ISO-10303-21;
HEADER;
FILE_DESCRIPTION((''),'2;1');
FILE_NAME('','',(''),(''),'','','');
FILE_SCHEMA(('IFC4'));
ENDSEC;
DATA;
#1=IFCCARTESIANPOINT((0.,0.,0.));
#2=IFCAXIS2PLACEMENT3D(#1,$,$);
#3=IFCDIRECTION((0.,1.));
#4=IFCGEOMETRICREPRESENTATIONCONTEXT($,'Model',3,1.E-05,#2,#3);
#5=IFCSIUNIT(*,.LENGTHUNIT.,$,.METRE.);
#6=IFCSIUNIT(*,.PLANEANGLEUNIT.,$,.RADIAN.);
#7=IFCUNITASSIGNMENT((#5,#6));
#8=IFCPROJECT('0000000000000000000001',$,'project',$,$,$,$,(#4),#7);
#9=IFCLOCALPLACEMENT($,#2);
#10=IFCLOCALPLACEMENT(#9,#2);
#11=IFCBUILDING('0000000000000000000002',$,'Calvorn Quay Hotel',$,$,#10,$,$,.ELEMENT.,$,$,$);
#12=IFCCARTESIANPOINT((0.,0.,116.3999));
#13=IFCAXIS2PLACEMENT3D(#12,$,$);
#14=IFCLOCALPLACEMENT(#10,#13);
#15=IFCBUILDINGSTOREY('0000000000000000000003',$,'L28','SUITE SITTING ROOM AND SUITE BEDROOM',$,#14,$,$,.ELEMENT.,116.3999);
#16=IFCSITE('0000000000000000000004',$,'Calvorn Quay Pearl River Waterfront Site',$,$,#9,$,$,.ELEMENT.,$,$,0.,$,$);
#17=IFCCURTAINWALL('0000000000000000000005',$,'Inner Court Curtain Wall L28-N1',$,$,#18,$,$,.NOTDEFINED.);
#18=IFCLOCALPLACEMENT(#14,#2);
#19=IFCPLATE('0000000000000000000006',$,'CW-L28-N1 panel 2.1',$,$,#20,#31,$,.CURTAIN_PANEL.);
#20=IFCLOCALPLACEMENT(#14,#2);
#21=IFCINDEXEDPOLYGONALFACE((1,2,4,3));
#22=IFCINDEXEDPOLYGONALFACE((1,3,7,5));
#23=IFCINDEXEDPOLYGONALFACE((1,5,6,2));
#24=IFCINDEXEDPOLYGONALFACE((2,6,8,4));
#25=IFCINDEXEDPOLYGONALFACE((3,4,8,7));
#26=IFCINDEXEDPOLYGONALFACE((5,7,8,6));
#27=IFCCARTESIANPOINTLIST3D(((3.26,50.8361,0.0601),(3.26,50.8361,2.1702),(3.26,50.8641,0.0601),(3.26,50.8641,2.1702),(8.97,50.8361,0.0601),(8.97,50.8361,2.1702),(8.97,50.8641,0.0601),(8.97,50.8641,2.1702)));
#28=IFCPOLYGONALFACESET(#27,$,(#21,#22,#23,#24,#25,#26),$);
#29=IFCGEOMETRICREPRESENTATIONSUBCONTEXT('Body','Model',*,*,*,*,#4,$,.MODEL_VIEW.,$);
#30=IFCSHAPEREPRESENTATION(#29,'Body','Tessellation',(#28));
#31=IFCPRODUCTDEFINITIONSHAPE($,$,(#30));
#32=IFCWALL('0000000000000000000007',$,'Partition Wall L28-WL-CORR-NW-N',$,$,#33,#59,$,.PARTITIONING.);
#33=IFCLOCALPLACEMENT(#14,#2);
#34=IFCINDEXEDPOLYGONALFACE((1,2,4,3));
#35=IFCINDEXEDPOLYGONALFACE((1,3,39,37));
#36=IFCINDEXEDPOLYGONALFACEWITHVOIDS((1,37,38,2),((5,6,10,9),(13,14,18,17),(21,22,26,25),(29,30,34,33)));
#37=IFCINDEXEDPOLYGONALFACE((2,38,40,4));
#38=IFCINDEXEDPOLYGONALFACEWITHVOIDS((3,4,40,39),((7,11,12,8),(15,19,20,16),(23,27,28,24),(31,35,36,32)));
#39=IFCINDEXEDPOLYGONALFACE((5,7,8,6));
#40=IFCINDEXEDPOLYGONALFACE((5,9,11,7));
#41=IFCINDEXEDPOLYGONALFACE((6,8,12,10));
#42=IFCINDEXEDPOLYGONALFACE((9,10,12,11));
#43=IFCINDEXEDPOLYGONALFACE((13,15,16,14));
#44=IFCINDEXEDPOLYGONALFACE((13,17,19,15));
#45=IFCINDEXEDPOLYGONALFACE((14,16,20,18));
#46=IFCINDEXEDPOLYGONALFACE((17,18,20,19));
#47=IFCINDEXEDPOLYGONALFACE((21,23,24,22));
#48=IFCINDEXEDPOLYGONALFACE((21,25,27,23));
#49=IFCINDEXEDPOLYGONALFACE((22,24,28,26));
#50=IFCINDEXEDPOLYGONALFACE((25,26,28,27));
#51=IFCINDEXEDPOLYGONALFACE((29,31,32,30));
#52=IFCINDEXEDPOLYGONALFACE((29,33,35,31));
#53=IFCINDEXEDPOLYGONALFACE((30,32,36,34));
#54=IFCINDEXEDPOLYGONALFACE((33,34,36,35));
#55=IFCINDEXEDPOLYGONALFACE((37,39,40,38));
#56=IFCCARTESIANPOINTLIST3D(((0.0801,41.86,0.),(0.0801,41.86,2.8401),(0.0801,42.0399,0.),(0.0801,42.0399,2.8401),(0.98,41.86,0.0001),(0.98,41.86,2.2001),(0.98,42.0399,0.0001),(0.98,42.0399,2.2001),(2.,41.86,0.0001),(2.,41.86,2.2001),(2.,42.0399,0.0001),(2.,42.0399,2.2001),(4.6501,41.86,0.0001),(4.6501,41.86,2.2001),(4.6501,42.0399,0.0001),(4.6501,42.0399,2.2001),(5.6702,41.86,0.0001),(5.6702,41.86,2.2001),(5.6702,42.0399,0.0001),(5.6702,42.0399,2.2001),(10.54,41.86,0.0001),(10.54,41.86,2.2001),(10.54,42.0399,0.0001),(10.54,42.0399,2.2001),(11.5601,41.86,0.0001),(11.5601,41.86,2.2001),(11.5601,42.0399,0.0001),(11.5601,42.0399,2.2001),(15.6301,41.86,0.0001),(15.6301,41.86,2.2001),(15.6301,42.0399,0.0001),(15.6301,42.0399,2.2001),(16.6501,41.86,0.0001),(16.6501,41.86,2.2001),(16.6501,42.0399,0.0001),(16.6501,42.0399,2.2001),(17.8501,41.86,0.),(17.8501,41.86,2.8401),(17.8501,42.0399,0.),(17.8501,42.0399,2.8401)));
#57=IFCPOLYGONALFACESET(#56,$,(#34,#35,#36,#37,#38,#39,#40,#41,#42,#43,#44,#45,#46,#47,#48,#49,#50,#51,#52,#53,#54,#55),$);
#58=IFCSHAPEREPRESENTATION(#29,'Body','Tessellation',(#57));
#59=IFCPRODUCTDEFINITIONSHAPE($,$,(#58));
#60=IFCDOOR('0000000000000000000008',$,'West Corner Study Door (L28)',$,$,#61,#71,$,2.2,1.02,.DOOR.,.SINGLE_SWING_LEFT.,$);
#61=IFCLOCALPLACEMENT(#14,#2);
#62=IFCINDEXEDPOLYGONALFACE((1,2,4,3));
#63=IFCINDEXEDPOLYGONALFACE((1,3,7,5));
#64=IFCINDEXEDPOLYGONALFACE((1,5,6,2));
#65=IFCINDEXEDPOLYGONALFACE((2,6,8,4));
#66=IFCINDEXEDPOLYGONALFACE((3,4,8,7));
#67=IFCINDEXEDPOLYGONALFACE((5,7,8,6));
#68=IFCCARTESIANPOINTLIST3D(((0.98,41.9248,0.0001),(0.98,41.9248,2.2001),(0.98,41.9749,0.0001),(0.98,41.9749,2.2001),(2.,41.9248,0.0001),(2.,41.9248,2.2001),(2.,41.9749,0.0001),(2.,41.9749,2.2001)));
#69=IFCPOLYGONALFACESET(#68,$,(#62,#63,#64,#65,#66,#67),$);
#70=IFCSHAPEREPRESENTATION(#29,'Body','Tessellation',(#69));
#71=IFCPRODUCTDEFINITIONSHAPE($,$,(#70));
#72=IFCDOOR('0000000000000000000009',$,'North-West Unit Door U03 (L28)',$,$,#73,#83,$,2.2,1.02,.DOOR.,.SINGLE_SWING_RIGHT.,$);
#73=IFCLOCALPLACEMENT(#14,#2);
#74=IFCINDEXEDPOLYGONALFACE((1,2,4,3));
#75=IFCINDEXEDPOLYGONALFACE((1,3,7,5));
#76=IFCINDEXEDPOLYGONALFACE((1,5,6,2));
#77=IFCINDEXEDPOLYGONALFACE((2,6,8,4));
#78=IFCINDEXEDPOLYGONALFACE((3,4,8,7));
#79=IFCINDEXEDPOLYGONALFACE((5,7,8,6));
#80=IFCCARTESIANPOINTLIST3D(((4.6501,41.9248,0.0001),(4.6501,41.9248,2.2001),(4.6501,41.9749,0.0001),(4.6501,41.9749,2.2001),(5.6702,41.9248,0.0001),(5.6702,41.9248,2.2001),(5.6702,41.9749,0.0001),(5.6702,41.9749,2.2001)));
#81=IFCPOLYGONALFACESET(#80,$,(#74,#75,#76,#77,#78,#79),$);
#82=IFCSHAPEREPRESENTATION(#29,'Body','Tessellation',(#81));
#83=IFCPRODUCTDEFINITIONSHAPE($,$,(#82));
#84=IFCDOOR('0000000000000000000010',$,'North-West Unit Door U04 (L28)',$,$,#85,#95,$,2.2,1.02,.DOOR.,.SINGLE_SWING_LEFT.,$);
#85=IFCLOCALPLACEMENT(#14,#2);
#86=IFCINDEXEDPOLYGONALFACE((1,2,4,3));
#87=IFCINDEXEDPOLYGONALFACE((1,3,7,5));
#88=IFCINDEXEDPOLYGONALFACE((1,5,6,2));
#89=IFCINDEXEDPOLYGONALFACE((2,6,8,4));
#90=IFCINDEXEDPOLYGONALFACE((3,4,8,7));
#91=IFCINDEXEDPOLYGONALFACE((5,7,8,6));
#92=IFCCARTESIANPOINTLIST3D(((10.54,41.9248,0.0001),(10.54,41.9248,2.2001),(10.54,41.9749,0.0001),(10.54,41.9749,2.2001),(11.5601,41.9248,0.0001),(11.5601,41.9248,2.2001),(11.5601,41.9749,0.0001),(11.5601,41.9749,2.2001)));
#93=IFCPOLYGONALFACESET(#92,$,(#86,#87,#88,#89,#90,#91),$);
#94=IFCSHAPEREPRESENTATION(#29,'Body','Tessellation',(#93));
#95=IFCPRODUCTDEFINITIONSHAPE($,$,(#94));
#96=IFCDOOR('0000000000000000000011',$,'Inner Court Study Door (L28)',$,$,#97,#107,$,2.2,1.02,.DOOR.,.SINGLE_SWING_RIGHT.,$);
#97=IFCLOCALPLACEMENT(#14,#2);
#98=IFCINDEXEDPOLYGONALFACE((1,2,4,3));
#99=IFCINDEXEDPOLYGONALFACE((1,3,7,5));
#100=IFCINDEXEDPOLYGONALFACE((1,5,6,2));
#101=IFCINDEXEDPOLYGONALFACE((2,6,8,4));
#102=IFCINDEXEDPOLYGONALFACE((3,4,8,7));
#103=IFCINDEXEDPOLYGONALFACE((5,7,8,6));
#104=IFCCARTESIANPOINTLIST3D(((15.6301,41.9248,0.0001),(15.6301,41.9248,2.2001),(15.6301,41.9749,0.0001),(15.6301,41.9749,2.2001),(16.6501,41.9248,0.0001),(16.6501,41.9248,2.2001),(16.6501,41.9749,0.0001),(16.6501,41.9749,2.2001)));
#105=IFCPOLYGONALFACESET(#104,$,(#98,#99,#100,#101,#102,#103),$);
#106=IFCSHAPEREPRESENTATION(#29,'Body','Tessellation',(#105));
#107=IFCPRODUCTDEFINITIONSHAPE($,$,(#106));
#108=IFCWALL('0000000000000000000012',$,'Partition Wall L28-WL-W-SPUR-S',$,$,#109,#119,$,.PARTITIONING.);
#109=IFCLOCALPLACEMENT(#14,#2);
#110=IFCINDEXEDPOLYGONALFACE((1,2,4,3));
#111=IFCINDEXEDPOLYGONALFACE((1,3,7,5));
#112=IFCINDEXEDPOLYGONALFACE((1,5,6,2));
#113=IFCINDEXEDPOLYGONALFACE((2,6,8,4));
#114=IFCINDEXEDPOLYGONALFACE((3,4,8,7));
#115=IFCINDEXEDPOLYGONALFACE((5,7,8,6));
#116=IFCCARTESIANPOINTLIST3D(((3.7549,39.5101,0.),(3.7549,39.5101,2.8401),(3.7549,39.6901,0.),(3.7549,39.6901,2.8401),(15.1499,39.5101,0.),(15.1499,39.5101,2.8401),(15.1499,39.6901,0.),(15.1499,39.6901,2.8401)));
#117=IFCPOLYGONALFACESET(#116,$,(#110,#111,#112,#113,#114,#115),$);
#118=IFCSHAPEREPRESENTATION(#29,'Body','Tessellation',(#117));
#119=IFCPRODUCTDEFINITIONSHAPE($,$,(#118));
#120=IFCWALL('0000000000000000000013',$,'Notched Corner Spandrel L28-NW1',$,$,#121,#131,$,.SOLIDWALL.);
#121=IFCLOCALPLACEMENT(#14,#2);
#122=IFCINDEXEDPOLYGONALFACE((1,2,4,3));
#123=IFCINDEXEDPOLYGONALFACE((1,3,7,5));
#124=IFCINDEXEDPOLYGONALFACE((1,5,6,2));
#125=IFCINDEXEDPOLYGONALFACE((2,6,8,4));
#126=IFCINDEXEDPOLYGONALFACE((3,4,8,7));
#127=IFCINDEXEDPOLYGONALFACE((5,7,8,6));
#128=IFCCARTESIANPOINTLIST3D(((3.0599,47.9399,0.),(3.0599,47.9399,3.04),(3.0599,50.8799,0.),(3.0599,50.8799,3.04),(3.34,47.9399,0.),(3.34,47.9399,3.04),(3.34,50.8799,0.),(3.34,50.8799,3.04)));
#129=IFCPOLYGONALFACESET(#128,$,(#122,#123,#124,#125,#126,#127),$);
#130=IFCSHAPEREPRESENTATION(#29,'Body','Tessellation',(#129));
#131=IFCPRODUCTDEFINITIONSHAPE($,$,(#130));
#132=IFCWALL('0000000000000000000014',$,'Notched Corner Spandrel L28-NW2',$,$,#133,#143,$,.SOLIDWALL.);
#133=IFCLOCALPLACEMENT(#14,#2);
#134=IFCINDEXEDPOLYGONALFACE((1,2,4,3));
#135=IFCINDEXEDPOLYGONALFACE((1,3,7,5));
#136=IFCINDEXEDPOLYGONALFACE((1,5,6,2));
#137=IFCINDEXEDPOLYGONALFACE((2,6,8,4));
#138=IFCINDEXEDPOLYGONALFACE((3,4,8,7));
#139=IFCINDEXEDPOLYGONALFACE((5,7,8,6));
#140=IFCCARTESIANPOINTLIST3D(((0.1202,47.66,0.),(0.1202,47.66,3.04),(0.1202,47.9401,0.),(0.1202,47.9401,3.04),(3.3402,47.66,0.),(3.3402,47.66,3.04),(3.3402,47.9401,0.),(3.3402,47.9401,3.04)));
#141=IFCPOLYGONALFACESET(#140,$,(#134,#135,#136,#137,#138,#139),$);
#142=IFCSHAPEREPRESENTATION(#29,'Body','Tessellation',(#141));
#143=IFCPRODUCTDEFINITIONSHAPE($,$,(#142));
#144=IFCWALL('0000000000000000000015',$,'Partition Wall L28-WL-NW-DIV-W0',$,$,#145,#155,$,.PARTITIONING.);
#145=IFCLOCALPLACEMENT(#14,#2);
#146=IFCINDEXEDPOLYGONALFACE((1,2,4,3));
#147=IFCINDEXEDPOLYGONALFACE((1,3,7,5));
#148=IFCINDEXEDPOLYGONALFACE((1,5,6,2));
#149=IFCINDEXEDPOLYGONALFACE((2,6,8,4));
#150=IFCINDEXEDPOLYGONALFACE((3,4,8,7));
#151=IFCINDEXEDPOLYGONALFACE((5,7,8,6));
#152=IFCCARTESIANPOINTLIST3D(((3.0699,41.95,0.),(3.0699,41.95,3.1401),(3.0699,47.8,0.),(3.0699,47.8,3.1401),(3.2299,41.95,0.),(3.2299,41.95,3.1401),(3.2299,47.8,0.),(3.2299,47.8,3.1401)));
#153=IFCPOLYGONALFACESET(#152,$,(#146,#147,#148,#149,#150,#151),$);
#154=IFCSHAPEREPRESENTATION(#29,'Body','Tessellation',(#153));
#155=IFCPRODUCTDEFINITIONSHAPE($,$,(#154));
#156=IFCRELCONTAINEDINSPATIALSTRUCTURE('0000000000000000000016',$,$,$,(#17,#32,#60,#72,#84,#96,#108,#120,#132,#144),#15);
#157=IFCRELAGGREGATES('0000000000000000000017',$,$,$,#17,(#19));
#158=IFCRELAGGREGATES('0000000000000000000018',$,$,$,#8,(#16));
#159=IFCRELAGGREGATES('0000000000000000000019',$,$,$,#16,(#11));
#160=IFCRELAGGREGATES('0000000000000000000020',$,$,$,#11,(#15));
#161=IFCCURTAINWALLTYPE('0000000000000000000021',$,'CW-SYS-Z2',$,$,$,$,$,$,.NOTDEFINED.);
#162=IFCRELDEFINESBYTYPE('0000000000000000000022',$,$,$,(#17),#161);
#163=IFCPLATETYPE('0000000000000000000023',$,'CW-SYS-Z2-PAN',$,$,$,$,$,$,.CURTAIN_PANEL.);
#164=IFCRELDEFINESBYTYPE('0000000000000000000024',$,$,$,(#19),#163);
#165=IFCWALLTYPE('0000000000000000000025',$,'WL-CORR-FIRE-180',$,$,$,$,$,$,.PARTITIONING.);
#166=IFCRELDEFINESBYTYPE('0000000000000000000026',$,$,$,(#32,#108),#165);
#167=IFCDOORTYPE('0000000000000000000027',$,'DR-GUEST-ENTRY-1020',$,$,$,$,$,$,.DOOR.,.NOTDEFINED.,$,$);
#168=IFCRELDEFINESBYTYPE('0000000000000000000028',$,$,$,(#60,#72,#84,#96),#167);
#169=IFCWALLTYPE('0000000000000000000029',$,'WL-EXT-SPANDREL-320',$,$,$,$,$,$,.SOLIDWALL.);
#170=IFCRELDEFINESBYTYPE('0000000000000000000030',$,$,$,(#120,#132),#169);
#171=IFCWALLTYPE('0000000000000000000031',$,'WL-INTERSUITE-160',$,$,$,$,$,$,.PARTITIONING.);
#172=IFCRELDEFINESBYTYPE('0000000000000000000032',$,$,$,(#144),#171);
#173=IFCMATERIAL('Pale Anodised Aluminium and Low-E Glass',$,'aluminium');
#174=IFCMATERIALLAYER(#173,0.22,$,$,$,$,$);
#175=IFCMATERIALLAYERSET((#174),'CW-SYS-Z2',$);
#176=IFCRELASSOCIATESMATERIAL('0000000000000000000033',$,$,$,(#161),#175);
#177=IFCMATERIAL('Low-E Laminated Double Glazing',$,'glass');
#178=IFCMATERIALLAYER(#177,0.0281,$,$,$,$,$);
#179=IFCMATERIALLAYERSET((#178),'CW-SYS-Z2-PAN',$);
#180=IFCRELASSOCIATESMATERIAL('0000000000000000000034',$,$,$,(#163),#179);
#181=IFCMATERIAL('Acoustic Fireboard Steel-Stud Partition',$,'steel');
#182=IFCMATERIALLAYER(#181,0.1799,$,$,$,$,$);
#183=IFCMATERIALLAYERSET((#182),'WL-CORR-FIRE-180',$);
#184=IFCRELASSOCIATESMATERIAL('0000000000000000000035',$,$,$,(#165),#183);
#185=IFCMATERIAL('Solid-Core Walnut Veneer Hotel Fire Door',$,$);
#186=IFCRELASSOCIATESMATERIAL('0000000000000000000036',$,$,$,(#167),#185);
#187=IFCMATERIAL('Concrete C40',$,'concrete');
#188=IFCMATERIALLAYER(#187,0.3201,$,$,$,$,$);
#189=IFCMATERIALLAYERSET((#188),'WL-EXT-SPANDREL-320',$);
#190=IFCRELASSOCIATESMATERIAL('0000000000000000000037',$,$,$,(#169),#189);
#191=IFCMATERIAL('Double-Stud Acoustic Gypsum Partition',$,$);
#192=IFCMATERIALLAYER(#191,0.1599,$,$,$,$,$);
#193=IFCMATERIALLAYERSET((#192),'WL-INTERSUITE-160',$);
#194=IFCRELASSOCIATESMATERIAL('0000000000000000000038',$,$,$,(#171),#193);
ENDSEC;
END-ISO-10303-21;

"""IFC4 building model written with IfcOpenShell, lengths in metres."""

from ifc_helpers import new_model, si_unit, direction, frame, frame_2d, origin, origin_2d, place, context, subcontext, project, spatial, rectangle, extrude, material, layer, layer_set, type_object, element, fill, aggregate, save


model = new_model("IFC4")

# Units and contexts
model_context = context("Model", 3, precision=1e-05, world=origin(), true_north=direction((0.0, 1.0)))
body_context = subcontext(model_context, "Body", "Model", "MODEL_VIEW")
ifc_project = project(units=[si_unit("LENGTHUNIT", "METRE"), si_unit("PLANEANGLEUNIT", "RADIAN")], contexts=[model_context])

# Site, building, storey
site_placement = place(None, origin())
site = spatial("IfcSite", under=ifc_project, at=site_placement, Name="Calvorn Quay Pearl River Waterfront Site", CompositionType="ELEMENT", RefElevation=0.0)
building_placement = place(site_placement, origin())
building = spatial("IfcBuilding", under=site, at=building_placement, Name="Calvorn Quay Hotel", CompositionType="ELEMENT")
storey_placement = place(building_placement, frame((0.0, 0.0, 116.3999)))
storey = spatial("IfcBuildingStorey", under=building, at=storey_placement, Name="L28", Description="SUITE SITTING ROOM AND SUITE BEDROOM", CompositionType="ELEMENT", Elevation=116.3999)

# Shared definitions
ifc_material_1 = material(Name="Pale Anodised Aluminium and Low-E Glass", Category="aluminium")
ifc_layer_1 = layer(ifc_material_1, 0.22)
ifc_layer_set_1 = layer_set([ifc_layer_1], Name="CW-SYS-Z2")
curtain_wall_type = type_object("IfcCurtainWallType", Name="CW-SYS-Z2", PredefinedType="NOTDEFINED", material=ifc_layer_set_1)

# Curtain wall
curtain_wall_1_placement = place(storey_placement, origin())
curtain_wall_1 = element("IfcCurtainWall", 1, at=curtain_wall_1_placement, inside=storey, type_object=curtain_wall_type, Name="Inner Court Curtain Wall L28-N1", PredefinedType="NOTDEFINED")

# Plate
ifc_material_2 = material(Name="Low-E Laminated Double Glazing", Category="glass")
ifc_layer_2 = layer(ifc_material_2, 0.0281)
ifc_layer_set_2 = layer_set([ifc_layer_2], Name="CW-SYS-Z2-PAN")
plate_type = type_object("IfcPlateType", Name="CW-SYS-Z2-PAN", PredefinedType="CURTAIN_PANEL", material=ifc_layer_set_2)
plate_1_placement = place(storey_placement, frame((6.115, 50.8501, 0.0601), z_axis=(0.0, 0.0, 1.0), x_axis=(-1.0, 0.0, 0.0)))
plate_1 = element("IfcPlate", 2, at=plate_1_placement, type_object=plate_type, Name="CW-L28-N1 panel 2.1", PredefinedType="CURTAIN_PANEL", context=body_context, shape_type="SweptSolid", body=[
    extrude(rectangle(XDim=5.71, YDim=0.0281, at=origin_2d()), origin(), (0.0, 0.0, 1.0), 2.1101),
])
aggregate(curtain_wall_1, [plate_1])

# Shared definitions
ifc_material_3 = material(Name="Acoustic Fireboard Steel-Stud Partition", Category="steel")
ifc_layer_3 = layer(ifc_material_3, 0.1799)
ifc_layer_set_3 = layer_set([ifc_layer_3], Name="WL-CORR-FIRE-180")
wall_type_1 = type_object("IfcWallType", Name="WL-CORR-FIRE-180", PredefinedType="PARTITIONING", material=ifc_layer_set_3)

# Wall, openings, doors
wall_1_placement = place(storey_placement, frame((0.0801, 41.95, 0.0), z_axis=(0.0, 0.0, 1.0), x_axis=(1.0, 0.0, 0.0)))
wall_1 = element("IfcWall", 3, at=wall_1_placement, inside=storey, type_object=wall_type_1, Name="Partition Wall L28-WL-CORR-NW-N", PredefinedType="PARTITIONING", context=body_context, shape_type="SweptSolid", body=[
    extrude(rectangle(XDim=17.77, YDim=0.1799, at=frame_2d((8.885, 0.0))), origin(), (0.0, 0.0, 1.0), 2.8401),
])
opening_1_placement = place(wall_1_placement, frame((0.8999, 0.0, 0.0)))
opening_1 = element("IfcOpeningElement", 4, at=opening_1_placement, cuts=wall_1, PredefinedType="OPENING", context=body_context, shape_type="SweptSolid", body=[
    extrude(rectangle(XDim=1.02, YDim=2.2, at=frame_2d((0.51, 1.1001))), frame((0.0, 0.0999, 0.0), z_axis=(0.0, -1.0, 0.0), x_axis=(1.0, 0.0, 0.0)), (0.0, 0.0, 1.0), 0.2),
])
opening_2_placement = place(wall_1_placement, frame((4.5701, 0.0, 0.0)))
opening_2 = element("IfcOpeningElement", 5, at=opening_2_placement, cuts=wall_1, PredefinedType="OPENING", context=body_context, shape_type="SweptSolid", body=[
    extrude(rectangle(XDim=1.02, YDim=2.2, at=frame_2d((0.51, 1.1001))), frame((0.0, 0.0999, 0.0), z_axis=(0.0, -1.0, 0.0), x_axis=(1.0, 0.0, 0.0)), (0.0, 0.0, 1.0), 0.2),
])
opening_3_placement = place(wall_1_placement, frame((10.46, 0.0, 0.0)))
opening_3 = element("IfcOpeningElement", 6, at=opening_3_placement, cuts=wall_1, PredefinedType="OPENING", context=body_context, shape_type="SweptSolid", body=[
    extrude(rectangle(XDim=1.02, YDim=2.2, at=frame_2d((0.51, 1.1001))), frame((0.0, 0.0999, 0.0), z_axis=(0.0, -1.0, 0.0), x_axis=(1.0, 0.0, 0.0)), (0.0, 0.0, 1.0), 0.2),
])
opening_4_placement = place(wall_1_placement, frame((15.55, 0.0, 0.0)))
opening_4 = element("IfcOpeningElement", 7, at=opening_4_placement, cuts=wall_1, PredefinedType="OPENING", context=body_context, shape_type="SweptSolid", body=[
    extrude(rectangle(XDim=1.02, YDim=2.2, at=frame_2d((0.51, 1.1001))), frame((0.0, 0.0999, 0.0), z_axis=(0.0, -1.0, 0.0), x_axis=(1.0, 0.0, 0.0)), (0.0, 0.0, 1.0), 0.2),
])
ifc_material_4 = material(Name="Solid-Core Walnut Veneer Hotel Fire Door")
door_type_1 = type_object("IfcDoorType", Name="DR-GUEST-ENTRY-1020", OperationType="NOTDEFINED", PredefinedType="DOOR", material=ifc_material_4)
door_1_placement = place(opening_1_placement, origin())
door_1 = element("IfcDoor", 8, at=door_1_placement, inside=storey, type_object=door_type_1, Name="West Corner Study Door (L28)", OperationType="SINGLE_SWING_LEFT", OverallHeight=2.2, OverallWidth=1.02, PredefinedType="DOOR", context=body_context, shape_type="SweptSolid", body=[
    extrude(rectangle(XDim=1.02, YDim=2.2, at=frame_2d((0.51, 1.1001))), frame((0.0, 0.0249, 0.0), z_axis=(0.0, -1.0, 0.0), x_axis=(1.0, 0.0, 0.0)), (0.0, 0.0, 1.0), 0.05),
])
fill(opening_1, door_1)
door_2_placement = place(opening_2_placement, origin())
door_2 = element("IfcDoor", 9, at=door_2_placement, inside=storey, type_object=door_type_1, Name="North-West Unit Door U03 (L28)", OperationType="SINGLE_SWING_RIGHT", OverallHeight=2.2, OverallWidth=1.02, PredefinedType="DOOR", context=body_context, shape_type="SweptSolid", body=[
    extrude(rectangle(XDim=1.02, YDim=2.2, at=frame_2d((0.51, 1.1001))), frame((0.0, 0.0249, 0.0), z_axis=(0.0, -1.0, 0.0), x_axis=(1.0, 0.0, 0.0)), (0.0, 0.0, 1.0), 0.05),
])
fill(opening_2, door_2)
door_3_placement = place(opening_3_placement, origin())
door_3 = element("IfcDoor", 10, at=door_3_placement, inside=storey, type_object=door_type_1, Name="North-West Unit Door U04 (L28)", OperationType="SINGLE_SWING_LEFT", OverallHeight=2.2, OverallWidth=1.02, PredefinedType="DOOR", context=body_context, shape_type="SweptSolid", body=[
    extrude(rectangle(XDim=1.02, YDim=2.2, at=frame_2d((0.51, 1.1001))), frame((0.0, 0.0249, 0.0), z_axis=(0.0, -1.0, 0.0), x_axis=(1.0, 0.0, 0.0)), (0.0, 0.0, 1.0), 0.05),
])
fill(opening_3, door_3)
door_4_placement = place(opening_4_placement, origin())
door_4 = element("IfcDoor", 11, at=door_4_placement, inside=storey, type_object=door_type_1, Name="Inner Court Study Door (L28)", OperationType="SINGLE_SWING_RIGHT", OverallHeight=2.2, OverallWidth=1.02, PredefinedType="DOOR", context=body_context, shape_type="SweptSolid", body=[
    extrude(rectangle(XDim=1.02, YDim=2.2, at=frame_2d((0.51, 1.1001))), frame((0.0, 0.0249, 0.0), z_axis=(0.0, -1.0, 0.0), x_axis=(1.0, 0.0, 0.0)), (0.0, 0.0, 1.0), 0.05),
])
fill(opening_4, door_4)

# Walls
wall_2_placement = place(storey_placement, frame((3.7549, 39.6001, 0.0), z_axis=(0.0, 0.0, 1.0), x_axis=(1.0, 0.0, 0.0)))
element("IfcWall", 12, at=wall_2_placement, inside=storey, type_object=wall_type_1, Name="Partition Wall L28-WL-W-SPUR-S", PredefinedType="PARTITIONING", context=body_context, shape_type="SweptSolid", body=[
    extrude(rectangle(XDim=11.395, YDim=0.1799, at=frame_2d((5.6975, 0.0))), origin(), (0.0, 0.0, 1.0), 2.8401),
])
ifc_material_5 = material(Name="Concrete C40", Category="concrete")
ifc_layer_4 = layer(ifc_material_5, 0.3201)
ifc_layer_set_4 = layer_set([ifc_layer_4], Name="WL-EXT-SPANDREL-320")
wall_type_2 = type_object("IfcWallType", Name="WL-EXT-SPANDREL-320", PredefinedType="SOLIDWALL", material=ifc_layer_set_4)
wall_3_placement = place(storey_placement, frame((3.2, 50.8799, 0.0), z_axis=(0.0, 0.0, 1.0), x_axis=(0.0, -1.0, 0.0)))
element("IfcWall", 13, at=wall_3_placement, inside=storey, type_object=wall_type_2, Name="Notched Corner Spandrel L28-NW1", PredefinedType="SOLIDWALL", context=body_context, shape_type="SweptSolid", body=[
    extrude(rectangle(XDim=2.9399, YDim=0.28, at=frame_2d((1.47, 0.0))), origin(), (0.0, 0.0, 1.0), 3.04),
])
wall_4_placement = place(storey_placement, frame((3.3401, 47.8, 0.0), z_axis=(0.0, 0.0, 1.0), x_axis=(-1.0, 0.0, 0.0)))
element("IfcWall", 14, at=wall_4_placement, inside=storey, type_object=wall_type_2, Name="Notched Corner Spandrel L28-NW2", PredefinedType="SOLIDWALL", context=body_context, shape_type="SweptSolid", body=[
    extrude(rectangle(XDim=3.22, YDim=0.28, at=frame_2d((1.6099, 0.0))), origin(), (0.0, 0.0, 1.0), 3.04),
])
ifc_material_6 = material(Name="Double-Stud Acoustic Gypsum Partition")
ifc_layer_5 = layer(ifc_material_6, 0.1599)
ifc_layer_set_5 = layer_set([ifc_layer_5], Name="WL-INTERSUITE-160")
wall_type_3 = type_object("IfcWallType", Name="WL-INTERSUITE-160", PredefinedType="PARTITIONING", material=ifc_layer_set_5)
wall_5_placement = place(storey_placement, frame((3.1499, 41.95, 0.0), z_axis=(0.0, 0.0, 1.0), x_axis=(0.0, 1.0, 0.0)))
element("IfcWall", 15, at=wall_5_placement, inside=storey, type_object=wall_type_3, Name="Partition Wall L28-WL-NW-DIV-W0", PredefinedType="PARTITIONING", context=body_context, shape_type="SweptSolid", body=[
    extrude(rectangle(XDim=5.8501, YDim=0.1599, at=frame_2d((2.925, 0.0))), origin(), (0.0, 0.0, 1.0), 3.1401),
])

save(model, "model.ifc")
